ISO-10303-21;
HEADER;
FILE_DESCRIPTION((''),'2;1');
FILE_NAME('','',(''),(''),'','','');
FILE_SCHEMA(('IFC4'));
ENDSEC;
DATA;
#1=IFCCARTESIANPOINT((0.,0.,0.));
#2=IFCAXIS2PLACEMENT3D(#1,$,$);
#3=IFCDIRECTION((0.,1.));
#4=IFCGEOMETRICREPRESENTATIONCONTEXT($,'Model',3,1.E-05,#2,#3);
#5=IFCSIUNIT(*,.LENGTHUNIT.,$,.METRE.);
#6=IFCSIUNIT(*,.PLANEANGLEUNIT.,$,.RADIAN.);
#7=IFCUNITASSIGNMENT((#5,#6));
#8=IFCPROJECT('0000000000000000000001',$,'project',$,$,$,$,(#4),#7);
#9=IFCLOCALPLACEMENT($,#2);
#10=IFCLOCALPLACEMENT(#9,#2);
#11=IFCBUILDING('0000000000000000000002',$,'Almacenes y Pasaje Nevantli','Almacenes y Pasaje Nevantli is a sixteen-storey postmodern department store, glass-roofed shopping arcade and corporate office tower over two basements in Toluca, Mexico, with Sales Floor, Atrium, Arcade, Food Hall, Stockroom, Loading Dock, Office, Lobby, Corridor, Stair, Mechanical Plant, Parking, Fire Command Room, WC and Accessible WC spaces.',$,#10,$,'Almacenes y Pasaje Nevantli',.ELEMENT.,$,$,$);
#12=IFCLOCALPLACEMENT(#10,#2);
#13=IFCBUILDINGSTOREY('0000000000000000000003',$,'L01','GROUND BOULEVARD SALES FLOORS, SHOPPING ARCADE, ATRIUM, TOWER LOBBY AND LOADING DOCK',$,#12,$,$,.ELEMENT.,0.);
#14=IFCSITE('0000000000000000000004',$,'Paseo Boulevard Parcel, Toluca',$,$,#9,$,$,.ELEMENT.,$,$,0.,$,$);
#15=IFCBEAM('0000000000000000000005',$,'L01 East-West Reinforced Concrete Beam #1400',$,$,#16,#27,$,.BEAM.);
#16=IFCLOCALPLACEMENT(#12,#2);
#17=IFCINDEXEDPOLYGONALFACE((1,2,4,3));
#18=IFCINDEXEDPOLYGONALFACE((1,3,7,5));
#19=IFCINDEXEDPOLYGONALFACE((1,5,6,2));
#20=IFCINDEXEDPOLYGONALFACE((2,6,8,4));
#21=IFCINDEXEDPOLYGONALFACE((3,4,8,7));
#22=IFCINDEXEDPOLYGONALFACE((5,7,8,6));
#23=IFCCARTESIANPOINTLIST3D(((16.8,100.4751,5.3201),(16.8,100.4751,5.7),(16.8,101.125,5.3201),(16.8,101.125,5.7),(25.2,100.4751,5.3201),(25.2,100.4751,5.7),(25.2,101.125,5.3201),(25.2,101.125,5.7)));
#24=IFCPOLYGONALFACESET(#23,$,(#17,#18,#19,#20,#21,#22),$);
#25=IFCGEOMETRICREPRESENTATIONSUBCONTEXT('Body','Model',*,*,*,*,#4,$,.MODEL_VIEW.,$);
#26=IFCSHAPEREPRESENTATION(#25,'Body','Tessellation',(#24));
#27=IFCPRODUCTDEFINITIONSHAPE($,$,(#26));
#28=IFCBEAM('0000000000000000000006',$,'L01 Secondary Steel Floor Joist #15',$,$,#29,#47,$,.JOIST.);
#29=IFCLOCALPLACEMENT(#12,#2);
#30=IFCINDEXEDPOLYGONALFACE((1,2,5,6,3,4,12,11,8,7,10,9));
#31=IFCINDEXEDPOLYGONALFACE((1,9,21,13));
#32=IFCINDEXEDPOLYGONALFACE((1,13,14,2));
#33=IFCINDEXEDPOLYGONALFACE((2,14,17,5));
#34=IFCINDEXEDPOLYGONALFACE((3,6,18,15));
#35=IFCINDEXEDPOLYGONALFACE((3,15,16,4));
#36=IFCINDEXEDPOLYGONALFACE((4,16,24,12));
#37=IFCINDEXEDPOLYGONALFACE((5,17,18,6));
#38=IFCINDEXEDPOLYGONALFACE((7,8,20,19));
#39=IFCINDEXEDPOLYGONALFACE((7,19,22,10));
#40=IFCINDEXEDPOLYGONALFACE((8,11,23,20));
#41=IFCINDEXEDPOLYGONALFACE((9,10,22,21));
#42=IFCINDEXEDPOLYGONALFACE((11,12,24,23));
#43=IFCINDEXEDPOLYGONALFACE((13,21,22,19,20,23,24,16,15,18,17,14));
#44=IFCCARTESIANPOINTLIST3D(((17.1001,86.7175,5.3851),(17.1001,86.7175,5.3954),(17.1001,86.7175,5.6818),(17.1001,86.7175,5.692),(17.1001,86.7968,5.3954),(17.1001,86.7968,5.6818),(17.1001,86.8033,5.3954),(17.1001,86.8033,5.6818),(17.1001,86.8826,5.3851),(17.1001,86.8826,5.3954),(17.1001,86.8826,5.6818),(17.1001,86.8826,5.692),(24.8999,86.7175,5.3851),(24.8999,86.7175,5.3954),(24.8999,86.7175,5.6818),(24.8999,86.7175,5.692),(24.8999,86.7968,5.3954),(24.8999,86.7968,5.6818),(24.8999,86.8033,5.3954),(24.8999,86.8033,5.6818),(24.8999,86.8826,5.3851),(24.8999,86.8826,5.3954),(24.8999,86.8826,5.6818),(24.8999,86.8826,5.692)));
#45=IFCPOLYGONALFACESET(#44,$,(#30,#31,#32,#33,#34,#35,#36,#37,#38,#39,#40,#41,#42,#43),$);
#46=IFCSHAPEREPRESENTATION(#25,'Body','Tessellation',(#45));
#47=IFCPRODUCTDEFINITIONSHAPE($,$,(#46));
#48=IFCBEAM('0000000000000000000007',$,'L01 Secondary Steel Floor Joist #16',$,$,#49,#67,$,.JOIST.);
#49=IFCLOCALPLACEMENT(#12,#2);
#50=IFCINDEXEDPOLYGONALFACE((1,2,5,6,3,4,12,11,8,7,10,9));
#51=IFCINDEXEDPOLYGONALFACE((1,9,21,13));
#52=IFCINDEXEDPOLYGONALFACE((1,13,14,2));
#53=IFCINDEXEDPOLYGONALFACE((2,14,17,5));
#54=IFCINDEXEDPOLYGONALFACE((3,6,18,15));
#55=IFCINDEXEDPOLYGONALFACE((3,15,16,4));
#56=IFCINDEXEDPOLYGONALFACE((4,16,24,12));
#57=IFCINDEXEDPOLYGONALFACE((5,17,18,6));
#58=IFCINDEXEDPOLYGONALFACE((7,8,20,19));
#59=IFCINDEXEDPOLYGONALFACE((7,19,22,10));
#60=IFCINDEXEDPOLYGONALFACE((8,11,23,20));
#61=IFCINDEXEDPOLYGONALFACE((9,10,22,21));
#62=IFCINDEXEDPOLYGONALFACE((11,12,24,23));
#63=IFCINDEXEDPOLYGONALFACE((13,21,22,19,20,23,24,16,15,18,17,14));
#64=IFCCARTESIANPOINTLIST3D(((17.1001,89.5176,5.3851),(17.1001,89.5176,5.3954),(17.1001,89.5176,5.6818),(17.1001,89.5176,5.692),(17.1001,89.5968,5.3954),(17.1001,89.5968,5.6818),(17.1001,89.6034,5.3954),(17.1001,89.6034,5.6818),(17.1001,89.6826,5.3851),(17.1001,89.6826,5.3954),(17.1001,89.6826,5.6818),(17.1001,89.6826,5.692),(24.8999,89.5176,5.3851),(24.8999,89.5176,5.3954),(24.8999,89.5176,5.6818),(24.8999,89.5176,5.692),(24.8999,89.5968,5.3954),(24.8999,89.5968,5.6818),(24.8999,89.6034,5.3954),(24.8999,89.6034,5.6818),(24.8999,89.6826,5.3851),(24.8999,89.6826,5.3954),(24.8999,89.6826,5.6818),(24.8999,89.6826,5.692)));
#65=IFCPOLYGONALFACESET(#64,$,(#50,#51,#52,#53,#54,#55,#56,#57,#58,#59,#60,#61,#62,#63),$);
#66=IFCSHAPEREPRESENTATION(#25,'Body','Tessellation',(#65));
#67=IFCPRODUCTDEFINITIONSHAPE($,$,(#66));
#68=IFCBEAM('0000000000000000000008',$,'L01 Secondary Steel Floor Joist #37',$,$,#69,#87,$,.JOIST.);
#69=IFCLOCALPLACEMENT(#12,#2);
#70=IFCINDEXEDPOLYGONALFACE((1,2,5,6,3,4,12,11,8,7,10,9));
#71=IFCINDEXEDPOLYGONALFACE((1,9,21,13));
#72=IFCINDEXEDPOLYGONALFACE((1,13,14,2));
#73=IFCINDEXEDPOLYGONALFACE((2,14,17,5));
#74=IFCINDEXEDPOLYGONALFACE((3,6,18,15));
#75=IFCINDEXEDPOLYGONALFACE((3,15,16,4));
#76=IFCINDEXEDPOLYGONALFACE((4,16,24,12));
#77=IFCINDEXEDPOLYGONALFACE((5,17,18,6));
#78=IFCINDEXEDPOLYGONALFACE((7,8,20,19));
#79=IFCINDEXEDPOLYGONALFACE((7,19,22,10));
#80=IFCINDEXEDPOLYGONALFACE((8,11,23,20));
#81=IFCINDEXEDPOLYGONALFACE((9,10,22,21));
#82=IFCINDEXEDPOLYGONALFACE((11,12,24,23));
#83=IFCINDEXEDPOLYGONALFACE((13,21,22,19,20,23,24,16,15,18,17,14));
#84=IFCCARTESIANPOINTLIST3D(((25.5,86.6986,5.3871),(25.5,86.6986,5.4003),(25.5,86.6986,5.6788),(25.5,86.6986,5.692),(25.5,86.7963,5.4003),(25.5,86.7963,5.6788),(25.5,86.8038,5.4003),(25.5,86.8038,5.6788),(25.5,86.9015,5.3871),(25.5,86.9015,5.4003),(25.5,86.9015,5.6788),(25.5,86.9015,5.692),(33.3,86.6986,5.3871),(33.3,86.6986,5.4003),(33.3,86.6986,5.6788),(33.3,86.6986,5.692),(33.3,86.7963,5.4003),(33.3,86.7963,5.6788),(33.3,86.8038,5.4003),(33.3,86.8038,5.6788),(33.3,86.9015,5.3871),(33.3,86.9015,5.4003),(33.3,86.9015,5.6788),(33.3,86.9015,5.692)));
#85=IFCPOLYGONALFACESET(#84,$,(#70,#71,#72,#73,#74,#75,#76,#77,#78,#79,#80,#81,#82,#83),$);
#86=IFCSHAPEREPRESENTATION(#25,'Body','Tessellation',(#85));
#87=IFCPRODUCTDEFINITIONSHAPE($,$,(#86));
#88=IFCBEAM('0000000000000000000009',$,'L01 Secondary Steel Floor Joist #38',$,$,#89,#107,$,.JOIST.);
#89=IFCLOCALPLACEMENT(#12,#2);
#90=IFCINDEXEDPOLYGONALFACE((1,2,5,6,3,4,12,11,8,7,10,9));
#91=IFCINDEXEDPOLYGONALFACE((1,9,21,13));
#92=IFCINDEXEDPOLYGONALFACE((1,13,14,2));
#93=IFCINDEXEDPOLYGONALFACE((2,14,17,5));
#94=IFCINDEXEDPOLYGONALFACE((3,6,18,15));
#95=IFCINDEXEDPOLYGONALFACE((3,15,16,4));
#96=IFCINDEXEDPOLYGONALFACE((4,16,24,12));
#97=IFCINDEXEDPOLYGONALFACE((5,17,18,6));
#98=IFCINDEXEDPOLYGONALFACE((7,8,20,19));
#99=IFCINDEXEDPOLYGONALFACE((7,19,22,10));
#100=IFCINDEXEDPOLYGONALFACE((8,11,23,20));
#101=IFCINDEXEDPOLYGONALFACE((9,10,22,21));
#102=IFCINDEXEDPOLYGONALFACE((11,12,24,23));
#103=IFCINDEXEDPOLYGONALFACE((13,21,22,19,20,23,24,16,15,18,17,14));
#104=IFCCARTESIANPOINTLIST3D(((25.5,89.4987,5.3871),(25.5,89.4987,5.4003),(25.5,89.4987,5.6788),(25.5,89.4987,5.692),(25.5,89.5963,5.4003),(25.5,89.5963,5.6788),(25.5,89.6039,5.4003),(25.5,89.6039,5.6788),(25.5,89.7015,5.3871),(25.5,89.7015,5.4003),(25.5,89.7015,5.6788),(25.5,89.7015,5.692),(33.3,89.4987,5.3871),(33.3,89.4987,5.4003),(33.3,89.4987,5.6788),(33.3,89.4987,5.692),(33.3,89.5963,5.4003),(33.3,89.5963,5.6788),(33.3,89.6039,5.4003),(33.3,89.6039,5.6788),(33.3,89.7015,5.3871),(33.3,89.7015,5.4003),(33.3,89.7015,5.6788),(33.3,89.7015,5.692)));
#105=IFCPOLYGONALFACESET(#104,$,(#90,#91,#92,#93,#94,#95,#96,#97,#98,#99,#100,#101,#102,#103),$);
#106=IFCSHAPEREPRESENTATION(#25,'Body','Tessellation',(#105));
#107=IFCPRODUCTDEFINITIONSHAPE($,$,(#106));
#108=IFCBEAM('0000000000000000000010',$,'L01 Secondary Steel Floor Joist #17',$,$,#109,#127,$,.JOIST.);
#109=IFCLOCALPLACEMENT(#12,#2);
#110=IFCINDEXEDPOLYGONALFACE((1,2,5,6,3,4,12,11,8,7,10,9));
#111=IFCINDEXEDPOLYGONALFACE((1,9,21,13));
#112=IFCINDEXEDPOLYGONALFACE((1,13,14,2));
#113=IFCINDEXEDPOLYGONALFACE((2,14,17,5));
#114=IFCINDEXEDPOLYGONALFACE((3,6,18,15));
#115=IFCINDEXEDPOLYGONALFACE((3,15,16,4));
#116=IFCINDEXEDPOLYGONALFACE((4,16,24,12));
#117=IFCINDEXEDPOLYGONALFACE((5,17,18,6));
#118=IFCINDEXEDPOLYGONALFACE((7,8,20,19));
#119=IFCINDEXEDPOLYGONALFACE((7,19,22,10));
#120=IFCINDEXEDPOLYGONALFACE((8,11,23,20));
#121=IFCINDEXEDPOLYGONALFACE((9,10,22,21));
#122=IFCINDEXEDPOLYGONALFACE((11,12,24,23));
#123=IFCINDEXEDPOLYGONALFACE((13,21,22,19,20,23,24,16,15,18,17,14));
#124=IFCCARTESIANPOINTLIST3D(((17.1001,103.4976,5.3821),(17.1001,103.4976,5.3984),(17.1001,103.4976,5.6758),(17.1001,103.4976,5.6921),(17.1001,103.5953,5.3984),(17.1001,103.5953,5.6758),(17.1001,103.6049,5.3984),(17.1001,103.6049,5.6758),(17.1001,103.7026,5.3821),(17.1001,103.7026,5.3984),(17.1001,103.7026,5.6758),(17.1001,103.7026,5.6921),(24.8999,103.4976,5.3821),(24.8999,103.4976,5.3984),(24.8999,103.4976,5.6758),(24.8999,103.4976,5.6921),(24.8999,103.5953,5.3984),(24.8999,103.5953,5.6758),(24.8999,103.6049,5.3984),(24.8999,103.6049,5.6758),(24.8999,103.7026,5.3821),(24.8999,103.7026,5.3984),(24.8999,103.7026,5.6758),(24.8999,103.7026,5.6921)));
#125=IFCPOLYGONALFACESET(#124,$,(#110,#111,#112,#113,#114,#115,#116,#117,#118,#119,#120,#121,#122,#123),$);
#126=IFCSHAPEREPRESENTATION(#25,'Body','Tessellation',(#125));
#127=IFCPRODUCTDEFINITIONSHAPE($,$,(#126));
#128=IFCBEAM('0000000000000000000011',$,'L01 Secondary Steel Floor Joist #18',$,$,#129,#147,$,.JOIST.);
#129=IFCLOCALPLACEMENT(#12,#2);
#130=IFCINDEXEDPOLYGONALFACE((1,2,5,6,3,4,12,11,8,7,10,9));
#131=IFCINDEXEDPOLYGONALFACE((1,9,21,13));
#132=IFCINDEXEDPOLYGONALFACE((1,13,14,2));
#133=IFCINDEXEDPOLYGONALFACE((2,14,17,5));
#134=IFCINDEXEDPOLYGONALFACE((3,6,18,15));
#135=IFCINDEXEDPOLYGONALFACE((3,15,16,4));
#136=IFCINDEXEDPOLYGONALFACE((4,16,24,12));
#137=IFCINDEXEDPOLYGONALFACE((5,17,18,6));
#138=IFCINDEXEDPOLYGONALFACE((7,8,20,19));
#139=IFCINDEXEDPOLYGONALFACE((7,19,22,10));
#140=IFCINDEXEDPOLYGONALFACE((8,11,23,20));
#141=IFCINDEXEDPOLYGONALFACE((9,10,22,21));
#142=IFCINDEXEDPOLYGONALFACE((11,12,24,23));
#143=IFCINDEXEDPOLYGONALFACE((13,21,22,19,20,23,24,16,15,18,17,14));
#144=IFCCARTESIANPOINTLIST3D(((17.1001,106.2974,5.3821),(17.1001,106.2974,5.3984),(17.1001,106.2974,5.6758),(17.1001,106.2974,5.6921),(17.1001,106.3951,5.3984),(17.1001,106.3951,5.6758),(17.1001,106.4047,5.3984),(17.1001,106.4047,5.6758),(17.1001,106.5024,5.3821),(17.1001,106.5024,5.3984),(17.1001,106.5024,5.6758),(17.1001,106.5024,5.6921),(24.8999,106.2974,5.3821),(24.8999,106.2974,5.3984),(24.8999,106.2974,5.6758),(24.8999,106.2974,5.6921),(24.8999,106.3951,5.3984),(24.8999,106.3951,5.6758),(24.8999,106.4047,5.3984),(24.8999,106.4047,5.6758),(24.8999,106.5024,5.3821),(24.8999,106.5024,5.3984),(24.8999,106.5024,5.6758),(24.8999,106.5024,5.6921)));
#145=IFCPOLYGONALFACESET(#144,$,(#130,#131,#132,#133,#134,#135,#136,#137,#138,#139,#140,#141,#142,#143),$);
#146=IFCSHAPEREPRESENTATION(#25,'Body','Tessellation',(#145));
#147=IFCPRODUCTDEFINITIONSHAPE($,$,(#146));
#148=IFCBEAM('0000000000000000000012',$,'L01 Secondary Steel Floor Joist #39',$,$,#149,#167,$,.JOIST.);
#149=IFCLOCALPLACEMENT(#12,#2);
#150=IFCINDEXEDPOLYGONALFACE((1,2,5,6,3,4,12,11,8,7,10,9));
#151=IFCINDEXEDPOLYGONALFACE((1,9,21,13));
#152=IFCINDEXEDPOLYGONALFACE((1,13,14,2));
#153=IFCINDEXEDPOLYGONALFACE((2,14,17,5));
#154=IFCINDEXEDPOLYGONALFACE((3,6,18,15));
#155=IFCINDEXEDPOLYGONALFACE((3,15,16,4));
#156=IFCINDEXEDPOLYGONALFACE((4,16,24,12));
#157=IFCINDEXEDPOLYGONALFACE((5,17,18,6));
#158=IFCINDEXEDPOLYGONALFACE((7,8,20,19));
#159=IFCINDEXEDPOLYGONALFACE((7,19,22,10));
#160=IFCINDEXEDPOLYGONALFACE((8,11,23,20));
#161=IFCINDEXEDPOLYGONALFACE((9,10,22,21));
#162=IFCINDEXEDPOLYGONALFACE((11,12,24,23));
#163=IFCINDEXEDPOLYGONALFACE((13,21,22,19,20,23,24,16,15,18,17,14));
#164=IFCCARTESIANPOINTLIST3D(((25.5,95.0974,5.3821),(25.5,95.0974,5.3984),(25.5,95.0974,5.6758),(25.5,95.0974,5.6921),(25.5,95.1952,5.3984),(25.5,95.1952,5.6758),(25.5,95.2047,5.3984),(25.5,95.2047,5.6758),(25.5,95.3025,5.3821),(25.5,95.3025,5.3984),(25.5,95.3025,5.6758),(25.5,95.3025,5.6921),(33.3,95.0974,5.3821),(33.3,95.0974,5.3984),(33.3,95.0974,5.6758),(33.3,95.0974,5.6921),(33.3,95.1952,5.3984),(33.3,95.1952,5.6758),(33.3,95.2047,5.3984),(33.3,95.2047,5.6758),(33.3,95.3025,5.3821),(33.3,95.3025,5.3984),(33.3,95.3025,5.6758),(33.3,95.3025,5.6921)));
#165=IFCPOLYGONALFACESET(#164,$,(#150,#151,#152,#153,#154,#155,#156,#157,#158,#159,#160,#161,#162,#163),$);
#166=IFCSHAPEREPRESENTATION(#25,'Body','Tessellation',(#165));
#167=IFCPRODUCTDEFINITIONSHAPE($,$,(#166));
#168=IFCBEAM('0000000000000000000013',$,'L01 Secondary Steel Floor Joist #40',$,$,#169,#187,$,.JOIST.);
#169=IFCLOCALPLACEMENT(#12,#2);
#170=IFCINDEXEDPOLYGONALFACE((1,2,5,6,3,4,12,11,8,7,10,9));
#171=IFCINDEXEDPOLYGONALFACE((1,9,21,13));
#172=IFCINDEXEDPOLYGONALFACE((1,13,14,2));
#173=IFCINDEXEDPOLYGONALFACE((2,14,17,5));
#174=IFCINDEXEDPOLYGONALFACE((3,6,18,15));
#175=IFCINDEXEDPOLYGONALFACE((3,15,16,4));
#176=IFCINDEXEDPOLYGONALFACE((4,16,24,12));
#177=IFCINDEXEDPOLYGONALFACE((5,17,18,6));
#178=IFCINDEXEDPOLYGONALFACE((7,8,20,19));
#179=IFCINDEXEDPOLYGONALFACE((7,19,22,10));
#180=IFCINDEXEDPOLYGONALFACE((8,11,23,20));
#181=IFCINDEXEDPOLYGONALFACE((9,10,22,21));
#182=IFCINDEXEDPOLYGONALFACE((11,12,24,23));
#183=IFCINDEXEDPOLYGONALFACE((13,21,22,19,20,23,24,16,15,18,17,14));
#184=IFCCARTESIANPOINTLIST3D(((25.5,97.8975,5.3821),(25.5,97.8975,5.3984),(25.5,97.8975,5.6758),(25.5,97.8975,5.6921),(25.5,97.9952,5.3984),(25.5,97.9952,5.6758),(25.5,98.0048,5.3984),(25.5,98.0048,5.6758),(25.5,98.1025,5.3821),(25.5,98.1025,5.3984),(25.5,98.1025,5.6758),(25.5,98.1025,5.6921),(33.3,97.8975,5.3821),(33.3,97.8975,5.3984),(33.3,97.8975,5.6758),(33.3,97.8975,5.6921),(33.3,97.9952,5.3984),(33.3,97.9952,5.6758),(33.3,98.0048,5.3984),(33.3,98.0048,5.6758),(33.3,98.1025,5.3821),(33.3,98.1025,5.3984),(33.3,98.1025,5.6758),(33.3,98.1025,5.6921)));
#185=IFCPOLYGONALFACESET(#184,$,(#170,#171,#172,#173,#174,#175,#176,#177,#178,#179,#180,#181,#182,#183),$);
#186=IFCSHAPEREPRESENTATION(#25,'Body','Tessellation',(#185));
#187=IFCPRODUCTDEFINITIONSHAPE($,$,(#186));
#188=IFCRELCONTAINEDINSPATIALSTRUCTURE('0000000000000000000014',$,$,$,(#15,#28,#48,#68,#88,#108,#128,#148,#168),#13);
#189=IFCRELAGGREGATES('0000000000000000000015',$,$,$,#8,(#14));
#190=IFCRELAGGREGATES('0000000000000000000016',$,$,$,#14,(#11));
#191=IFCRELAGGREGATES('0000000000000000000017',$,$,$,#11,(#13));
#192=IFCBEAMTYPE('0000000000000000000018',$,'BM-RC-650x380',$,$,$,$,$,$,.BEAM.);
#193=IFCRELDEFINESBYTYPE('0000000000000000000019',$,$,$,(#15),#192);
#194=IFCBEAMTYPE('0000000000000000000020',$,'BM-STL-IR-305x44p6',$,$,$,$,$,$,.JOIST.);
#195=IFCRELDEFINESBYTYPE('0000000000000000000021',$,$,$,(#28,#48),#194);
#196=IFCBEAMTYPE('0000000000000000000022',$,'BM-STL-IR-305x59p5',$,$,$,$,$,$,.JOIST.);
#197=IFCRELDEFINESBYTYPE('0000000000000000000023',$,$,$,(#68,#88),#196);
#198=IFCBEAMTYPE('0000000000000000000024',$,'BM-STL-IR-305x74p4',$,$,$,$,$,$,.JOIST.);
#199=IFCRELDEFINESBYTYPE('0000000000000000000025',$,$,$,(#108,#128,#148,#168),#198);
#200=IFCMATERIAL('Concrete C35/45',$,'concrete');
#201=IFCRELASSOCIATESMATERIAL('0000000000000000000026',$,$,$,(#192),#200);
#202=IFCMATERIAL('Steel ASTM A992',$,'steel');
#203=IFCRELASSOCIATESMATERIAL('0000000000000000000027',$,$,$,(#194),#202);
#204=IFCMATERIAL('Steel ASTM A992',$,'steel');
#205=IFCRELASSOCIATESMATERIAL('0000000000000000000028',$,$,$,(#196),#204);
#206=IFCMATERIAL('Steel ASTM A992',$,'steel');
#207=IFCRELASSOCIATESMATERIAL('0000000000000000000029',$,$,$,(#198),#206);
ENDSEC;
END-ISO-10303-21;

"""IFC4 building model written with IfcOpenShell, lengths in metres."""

from ifc_helpers import new_model, si_unit, direction, frame, origin, origin_2d, place, context, subcontext, project, spatial, rectangle, i_section, extrude, material, material_profile, profile_set, type_object, element, save


model = new_model("IFC4")

# Units and contexts
model_context = context("Model", 3, precision=1e-05, world=origin(), true_north=direction((0.0, 1.0)))
body_context = subcontext(model_context, "Body", "Model", "MODEL_VIEW")
ifc_project = project(units=[si_unit("LENGTHUNIT", "METRE"), si_unit("PLANEANGLEUNIT", "RADIAN")], contexts=[model_context])

# Site, building, storey
site_placement = place(None, origin())
site = spatial("IfcSite", under=ifc_project, at=site_placement, Name="Paseo Boulevard Parcel, Toluca", CompositionType="ELEMENT", RefElevation=0.0)
building_placement = place(site_placement, origin())
building = spatial("IfcBuilding", under=site, at=building_placement, Name="Almacenes y Pasaje Nevantli", Description="Almacenes y Pasaje Nevantli is a sixteen-storey postmodern department store, glass-roofed shopping arcade and corporate office tower over two basements in Toluca, Mexico, with Sales Floor, Atrium, Arcade, Food Hall, Stockroom, Loading Dock, Office, Lobby, Corridor, Stair, Mechanical Plant, Parking, Fire Command Room, WC and Accessible WC spaces.", LongName="Almacenes y Pasaje Nevantli", CompositionType="ELEMENT")
storey_placement = place(building_placement, origin())
storey = spatial("IfcBuildingStorey", under=building, at=storey_placement, Name="L01", Description="GROUND BOULEVARD SALES FLOORS, SHOPPING ARCADE, ATRIUM, TOWER LOBBY AND LOADING DOCK", CompositionType="ELEMENT", Elevation=0.0)

# Beams
ifc_material_1 = material(Name="Concrete C35/45", Category="concrete")
ifc_material_profile_1 = material_profile(ifc_material_1, rectangle(XDim=0.6499, YDim=0.3799, at=origin_2d()), Name="RC-BM-650x380")
ifc_profile_set_1 = profile_set([ifc_material_profile_1], Name="Concrete C35/45")
beam_type_1 = type_object("IfcBeamType", Name="BM-RC-650x380", PredefinedType="BEAM", material=ifc_profile_set_1)
beam_1_placement = place(storey_placement, frame((16.8, 100.8, 5.51), z_axis=(1.0, 0.0, 0.0), x_axis=(0.0, 1.0, 0.0)))
element("IfcBeam", 1, at=beam_1_placement, inside=storey, type_object=beam_type_1, Name="L01 East-West Reinforced Concrete Beam #1400", PredefinedType="BEAM", context=body_context, shape_type="SweptSolid", body=[
    extrude(rectangle(XDim=0.6499, YDim=0.3799, at=origin_2d()), origin(), (0.0, 0.0, 1.0), 8.3999),
])
ifc_material_2 = material(Name="Steel ASTM A992", Category="steel")
ifc_material_profile_2 = material_profile(ifc_material_2, i_section(OverallWidth=0.165, OverallDepth=0.3069, WebThickness=0.0066, FlangeThickness=0.0103, at=origin_2d()), Name="IR 305x44.6")
ifc_profile_set_2 = profile_set([ifc_material_profile_2], Name="Steel ASTM A992")
beam_type_2 = type_object("IfcBeamType", Name="BM-STL-IR-305x44p6", PredefinedType="JOIST", material=ifc_profile_set_2)
for number, where, z_axis, x_axis, name in (
    (2, (17.1001, 86.8, 5.5386), (1.0, 0.0, 0.0), (0.0, 1.0, 0.0), "L01 Secondary Steel Floor Joist #15"),
    (3, (17.1001, 89.6001, 5.5386), (1.0, 0.0, 0.0), (0.0, 1.0, 0.0), "L01 Secondary Steel Floor Joist #16"),
):
    element("IfcBeam", number, at=place(storey_placement, frame(where, z_axis=z_axis, x_axis=x_axis)), inside=storey, type_object=beam_type_2, Name=name, PredefinedType="JOIST", context=body_context, shape_type="SweptSolid", body=[
        extrude(i_section(OverallWidth=0.165, OverallDepth=0.3069, WebThickness=0.0066, FlangeThickness=0.0103, at=origin_2d()), origin(), (0.0, 0.0, 1.0), 7.7998),
    ])
ifc_material_3 = material(Name="Steel ASTM A992", Category="steel")
ifc_material_profile_3 = material_profile(ifc_material_3, i_section(OverallWidth=0.2029, OverallDepth=0.3049, WebThickness=0.0076, FlangeThickness=0.0132, at=origin_2d()), Name="IR 305x59.5")
ifc_profile_set_3 = profile_set([ifc_material_profile_3], Name="Steel ASTM A992")
beam_type_3 = type_object("IfcBeamType", Name="BM-STL-IR-305x59p5", PredefinedType="JOIST", material=ifc_profile_set_3)
for number, where, z_axis, x_axis, name in (
    (4, (25.5, 86.8, 5.5396), (1.0, 0.0, 0.0), (0.0, 1.0, 0.0), "L01 Secondary Steel Floor Joist #37"),
    (5, (25.5, 89.6001, 5.5396), (1.0, 0.0, 0.0), (0.0, 1.0, 0.0), "L01 Secondary Steel Floor Joist #38"),
):
    element("IfcBeam", number, at=place(storey_placement, frame(where, z_axis=z_axis, x_axis=x_axis)), inside=storey, type_object=beam_type_3, Name=name, PredefinedType="JOIST", context=body_context, shape_type="SweptSolid", body=[
        extrude(i_section(OverallWidth=0.2029, OverallDepth=0.3049, WebThickness=0.0076, FlangeThickness=0.0132, at=origin_2d()), origin(), (0.0, 0.0, 1.0), 7.8),
    ])
ifc_material_4 = material(Name="Steel ASTM A992", Category="steel")
ifc_material_profile_4 = material_profile(ifc_material_4, i_section(OverallWidth=0.2051, OverallDepth=0.3101, WebThickness=0.0095, FlangeThickness=0.0164, at=origin_2d()), Name="IR 305x74.4")
ifc_profile_set_4 = profile_set([ifc_material_profile_4], Name="Steel ASTM A992")
beam_type_4 = type_object("IfcBeamType", Name="BM-STL-IR-305x74p4", PredefinedType="JOIST", material=ifc_profile_set_4)
for number, where, z_axis, x_axis, name in (
    (6, (17.1001, 103.6001, 5.5371), (1.0, 0.0, 0.0), (0.0, 1.0, 0.0), "L01 Secondary Steel Floor Joist #17"),
    (7, (17.1001, 106.3999, 5.5371), (1.0, 0.0, 0.0), (0.0, 1.0, 0.0), "L01 Secondary Steel Floor Joist #18"),
):
    element("IfcBeam", number, at=place(storey_placement, frame(where, z_axis=z_axis, x_axis=x_axis)), inside=storey, type_object=beam_type_4, Name=name, PredefinedType="JOIST", context=body_context, shape_type="SweptSolid", body=[
        extrude(i_section(OverallWidth=0.2051, OverallDepth=0.3101, WebThickness=0.0095, FlangeThickness=0.0164, at=origin_2d()), origin(), (0.0, 0.0, 1.0), 7.7998),
    ])
for number, where, z_axis, x_axis, name in (
    (8, (25.5, 95.2, 5.5371), (1.0, 0.0, 0.0), (0.0, 1.0, 0.0), "L01 Secondary Steel Floor Joist #39"),
    (9, (25.5, 98.0, 5.5371), (1.0, 0.0, 0.0), (0.0, 1.0, 0.0), "L01 Secondary Steel Floor Joist #40"),
):
    element("IfcBeam", number, at=place(storey_placement, frame(where, z_axis=z_axis, x_axis=x_axis)), inside=storey, type_object=beam_type_4, Name=name, PredefinedType="JOIST", context=body_context, shape_type="SweptSolid", body=[
        extrude(i_section(OverallWidth=0.2051, OverallDepth=0.3101, WebThickness=0.0095, FlangeThickness=0.0164, at=origin_2d()), origin(), (0.0, 0.0, 1.0), 7.8),
    ])

save(model, "model.ifc")
